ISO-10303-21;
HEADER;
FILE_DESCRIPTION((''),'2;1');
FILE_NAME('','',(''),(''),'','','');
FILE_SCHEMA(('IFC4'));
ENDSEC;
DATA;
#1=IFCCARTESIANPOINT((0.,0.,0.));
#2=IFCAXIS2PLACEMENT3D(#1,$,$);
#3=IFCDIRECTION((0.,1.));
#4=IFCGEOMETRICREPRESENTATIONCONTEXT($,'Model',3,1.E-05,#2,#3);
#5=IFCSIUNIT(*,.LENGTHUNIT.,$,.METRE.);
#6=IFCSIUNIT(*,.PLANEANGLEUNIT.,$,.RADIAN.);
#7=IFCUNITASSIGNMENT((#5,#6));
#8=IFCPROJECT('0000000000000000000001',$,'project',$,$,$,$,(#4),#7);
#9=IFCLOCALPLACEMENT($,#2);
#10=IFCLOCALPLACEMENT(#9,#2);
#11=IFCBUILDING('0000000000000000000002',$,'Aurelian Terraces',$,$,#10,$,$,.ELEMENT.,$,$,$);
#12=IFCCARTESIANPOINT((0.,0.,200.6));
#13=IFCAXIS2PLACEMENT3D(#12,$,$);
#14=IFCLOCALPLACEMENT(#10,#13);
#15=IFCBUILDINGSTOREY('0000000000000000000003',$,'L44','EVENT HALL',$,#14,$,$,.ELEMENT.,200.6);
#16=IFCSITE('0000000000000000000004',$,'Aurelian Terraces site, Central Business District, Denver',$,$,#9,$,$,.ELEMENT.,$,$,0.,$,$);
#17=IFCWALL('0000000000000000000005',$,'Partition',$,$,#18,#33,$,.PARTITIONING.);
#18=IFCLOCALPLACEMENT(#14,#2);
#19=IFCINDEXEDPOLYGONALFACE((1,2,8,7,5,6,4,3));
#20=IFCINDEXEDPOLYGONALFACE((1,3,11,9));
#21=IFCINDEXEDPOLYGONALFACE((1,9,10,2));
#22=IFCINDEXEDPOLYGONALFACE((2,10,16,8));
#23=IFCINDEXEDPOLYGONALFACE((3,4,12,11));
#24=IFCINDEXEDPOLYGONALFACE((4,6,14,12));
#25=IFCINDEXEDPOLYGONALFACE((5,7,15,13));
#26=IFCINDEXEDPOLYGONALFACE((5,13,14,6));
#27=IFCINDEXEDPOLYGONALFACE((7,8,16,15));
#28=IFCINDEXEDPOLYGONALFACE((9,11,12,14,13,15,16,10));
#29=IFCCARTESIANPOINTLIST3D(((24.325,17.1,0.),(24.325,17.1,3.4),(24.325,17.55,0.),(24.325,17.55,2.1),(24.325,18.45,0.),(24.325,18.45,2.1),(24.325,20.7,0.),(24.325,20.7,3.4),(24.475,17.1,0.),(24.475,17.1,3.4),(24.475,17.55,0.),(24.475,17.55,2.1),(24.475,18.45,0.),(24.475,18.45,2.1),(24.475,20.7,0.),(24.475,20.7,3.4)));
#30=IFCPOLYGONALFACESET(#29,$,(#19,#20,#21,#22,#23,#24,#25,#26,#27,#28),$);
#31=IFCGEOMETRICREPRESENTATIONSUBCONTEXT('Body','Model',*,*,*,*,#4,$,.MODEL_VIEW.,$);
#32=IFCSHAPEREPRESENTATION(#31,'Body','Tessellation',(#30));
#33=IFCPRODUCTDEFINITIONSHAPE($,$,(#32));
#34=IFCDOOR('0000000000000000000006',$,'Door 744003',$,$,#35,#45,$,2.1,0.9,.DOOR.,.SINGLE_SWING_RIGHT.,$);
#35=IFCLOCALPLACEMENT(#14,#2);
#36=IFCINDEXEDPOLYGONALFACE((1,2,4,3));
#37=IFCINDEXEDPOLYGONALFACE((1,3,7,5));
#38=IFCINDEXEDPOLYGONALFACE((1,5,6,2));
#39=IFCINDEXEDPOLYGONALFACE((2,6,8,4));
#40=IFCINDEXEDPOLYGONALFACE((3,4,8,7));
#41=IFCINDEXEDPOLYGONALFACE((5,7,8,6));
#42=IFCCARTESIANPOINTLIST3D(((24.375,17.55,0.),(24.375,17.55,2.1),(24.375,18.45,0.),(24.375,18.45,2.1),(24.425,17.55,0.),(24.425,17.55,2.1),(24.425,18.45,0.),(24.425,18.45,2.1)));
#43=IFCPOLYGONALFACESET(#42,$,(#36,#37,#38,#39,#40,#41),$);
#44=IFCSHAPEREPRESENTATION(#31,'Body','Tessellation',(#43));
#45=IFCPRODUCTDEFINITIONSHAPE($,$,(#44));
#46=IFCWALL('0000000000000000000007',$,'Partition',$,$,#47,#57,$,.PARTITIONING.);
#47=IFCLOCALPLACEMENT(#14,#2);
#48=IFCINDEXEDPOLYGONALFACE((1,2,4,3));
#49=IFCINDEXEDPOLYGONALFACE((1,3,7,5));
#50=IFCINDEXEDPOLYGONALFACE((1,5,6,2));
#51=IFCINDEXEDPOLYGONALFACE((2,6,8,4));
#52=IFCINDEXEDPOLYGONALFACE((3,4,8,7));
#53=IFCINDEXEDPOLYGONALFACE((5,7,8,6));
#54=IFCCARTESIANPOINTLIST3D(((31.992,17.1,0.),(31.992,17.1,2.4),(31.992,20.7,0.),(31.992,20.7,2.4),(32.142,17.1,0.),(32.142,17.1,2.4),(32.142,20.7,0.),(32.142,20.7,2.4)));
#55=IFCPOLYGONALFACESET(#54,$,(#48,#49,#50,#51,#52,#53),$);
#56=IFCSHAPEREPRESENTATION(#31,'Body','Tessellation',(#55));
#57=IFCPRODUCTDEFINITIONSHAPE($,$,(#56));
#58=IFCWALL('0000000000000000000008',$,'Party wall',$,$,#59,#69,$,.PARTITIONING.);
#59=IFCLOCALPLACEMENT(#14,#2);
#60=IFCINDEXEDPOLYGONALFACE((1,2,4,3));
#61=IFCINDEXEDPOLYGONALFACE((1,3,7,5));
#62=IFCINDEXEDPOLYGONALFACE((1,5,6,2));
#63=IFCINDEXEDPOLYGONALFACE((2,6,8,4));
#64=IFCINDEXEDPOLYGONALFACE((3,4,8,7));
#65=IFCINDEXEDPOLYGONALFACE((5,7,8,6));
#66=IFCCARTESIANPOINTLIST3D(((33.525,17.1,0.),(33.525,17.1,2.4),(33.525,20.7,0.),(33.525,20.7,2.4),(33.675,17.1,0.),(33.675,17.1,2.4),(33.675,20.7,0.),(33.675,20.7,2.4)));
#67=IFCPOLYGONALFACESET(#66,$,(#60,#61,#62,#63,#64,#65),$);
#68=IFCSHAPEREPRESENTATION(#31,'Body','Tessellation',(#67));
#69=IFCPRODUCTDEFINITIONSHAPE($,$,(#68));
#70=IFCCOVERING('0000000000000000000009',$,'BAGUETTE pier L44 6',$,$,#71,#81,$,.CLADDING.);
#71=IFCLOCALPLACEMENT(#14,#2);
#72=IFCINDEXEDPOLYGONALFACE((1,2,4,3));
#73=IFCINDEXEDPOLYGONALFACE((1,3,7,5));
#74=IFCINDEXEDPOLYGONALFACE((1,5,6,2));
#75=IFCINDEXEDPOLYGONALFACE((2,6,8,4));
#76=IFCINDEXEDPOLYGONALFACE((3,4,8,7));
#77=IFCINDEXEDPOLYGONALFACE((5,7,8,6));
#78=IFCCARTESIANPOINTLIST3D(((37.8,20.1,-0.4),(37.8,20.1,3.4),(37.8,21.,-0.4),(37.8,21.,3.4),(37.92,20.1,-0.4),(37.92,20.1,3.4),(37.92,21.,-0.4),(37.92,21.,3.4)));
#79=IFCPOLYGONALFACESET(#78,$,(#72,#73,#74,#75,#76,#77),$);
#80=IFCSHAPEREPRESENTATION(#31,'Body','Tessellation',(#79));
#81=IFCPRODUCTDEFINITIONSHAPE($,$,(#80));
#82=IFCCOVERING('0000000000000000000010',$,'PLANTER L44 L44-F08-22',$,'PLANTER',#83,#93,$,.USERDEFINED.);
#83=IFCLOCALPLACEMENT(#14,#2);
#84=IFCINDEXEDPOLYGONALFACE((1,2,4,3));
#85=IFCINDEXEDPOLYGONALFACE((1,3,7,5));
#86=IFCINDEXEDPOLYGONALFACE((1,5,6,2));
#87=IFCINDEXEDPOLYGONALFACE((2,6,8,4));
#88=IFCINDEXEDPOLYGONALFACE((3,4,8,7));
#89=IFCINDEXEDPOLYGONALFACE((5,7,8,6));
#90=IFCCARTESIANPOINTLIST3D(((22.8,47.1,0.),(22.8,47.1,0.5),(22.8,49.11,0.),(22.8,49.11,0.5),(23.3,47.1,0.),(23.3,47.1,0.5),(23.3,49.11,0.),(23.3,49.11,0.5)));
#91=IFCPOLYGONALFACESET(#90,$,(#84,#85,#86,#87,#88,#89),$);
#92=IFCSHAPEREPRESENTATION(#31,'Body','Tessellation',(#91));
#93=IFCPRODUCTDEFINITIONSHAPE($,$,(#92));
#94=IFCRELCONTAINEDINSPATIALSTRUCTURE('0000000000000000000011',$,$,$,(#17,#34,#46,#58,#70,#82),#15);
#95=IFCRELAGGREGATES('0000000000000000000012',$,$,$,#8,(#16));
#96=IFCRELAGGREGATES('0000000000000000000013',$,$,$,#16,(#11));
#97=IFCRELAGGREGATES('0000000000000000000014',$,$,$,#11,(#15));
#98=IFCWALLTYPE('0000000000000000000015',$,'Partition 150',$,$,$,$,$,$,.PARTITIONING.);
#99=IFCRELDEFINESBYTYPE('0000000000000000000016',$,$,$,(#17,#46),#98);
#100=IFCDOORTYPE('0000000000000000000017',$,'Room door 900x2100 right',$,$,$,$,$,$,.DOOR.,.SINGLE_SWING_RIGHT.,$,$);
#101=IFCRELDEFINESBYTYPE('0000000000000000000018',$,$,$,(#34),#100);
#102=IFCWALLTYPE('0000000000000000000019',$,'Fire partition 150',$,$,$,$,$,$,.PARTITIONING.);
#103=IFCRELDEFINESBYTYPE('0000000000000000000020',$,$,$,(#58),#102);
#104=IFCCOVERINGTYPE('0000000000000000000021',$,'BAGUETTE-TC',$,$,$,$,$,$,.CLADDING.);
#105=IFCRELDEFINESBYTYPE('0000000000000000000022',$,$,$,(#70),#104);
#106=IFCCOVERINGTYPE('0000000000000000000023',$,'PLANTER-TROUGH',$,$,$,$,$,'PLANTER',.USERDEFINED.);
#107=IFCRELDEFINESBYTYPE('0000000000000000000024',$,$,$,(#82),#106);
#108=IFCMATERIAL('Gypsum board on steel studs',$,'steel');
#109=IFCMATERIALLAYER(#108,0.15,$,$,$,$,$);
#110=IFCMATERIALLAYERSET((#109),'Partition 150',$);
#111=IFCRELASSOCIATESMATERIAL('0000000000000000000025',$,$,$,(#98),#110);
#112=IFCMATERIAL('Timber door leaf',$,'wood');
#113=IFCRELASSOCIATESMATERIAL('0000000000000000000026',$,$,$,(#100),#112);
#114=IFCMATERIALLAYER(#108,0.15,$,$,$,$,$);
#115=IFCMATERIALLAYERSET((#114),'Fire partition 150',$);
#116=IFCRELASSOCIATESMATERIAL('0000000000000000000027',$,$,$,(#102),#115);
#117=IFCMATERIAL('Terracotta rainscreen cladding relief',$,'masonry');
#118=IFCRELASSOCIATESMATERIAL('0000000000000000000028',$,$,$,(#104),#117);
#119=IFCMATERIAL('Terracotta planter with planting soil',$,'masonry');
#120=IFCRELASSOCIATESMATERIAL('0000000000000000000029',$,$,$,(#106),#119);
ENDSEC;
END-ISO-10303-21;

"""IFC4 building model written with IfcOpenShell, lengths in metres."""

from ifc_helpers import new_model, si_unit, direction, frame, frame_2d, origin, origin_2d, place, context, subcontext, project, spatial, rectangle, extrude, source, transform, mapped, material, layer, layer_set, type_object, element, fill, save


model = new_model("IFC4")

# Units and contexts
model_context = context("Model", 3, precision=1e-05, world=origin(), true_north=direction((0.0, 1.0)))
body_context = subcontext(model_context, "Body", "Model", "MODEL_VIEW")
ifc_project = project(units=[si_unit("LENGTHUNIT", "METRE"), si_unit("PLANEANGLEUNIT", "RADIAN")], contexts=[model_context])

# Site, building, storey
site_placement = place(None, origin())
site = spatial("IfcSite", under=ifc_project, at=site_placement, Name="Aurelian Terraces site, Central Business District, Denver", CompositionType="ELEMENT", RefElevation=0.0)
building_placement = place(site_placement, origin())
building = spatial("IfcBuilding", under=site, at=building_placement, Name="Aurelian Terraces", CompositionType="ELEMENT")
storey_placement = place(building_placement, frame((0.0, 0.0, 200.6)))
storey = spatial("IfcBuildingStorey", under=building, at=storey_placement, Name="L44", Description="EVENT HALL", CompositionType="ELEMENT", Elevation=200.6)

# Wall, opening, door
ifc_material_1 = material(Name="Gypsum board on steel studs", Category="steel")
ifc_layer_1 = layer(ifc_material_1, 0.15)
ifc_layer_set_1 = layer_set([ifc_layer_1], Name="Partition 150")
wall_type_1 = type_object("IfcWallType", Name="Partition 150", PredefinedType="PARTITIONING", material=ifc_layer_set_1)
shared_shape_1 = source(origin(), body_context, "Body", "SweptSolid", [
    extrude(rectangle(XDim=3.6, YDim=0.15, at=frame_2d((1.8, 0.0))), origin(), (0.0, 0.0, 1.0), 3.4),
])
wall_1_placement = place(storey_placement, frame((24.4, 20.7, 0.0), z_axis=(0.0, 0.0, 1.0), x_axis=(0.0, -1.0, 0.0)))
wall_1 = element("IfcWall", 1, at=wall_1_placement, inside=storey, type_object=wall_type_1, Name="Partition", PredefinedType="PARTITIONING", context=body_context, shape_type="MappedRepresentation", body=[
    mapped(shared_shape_1, transform((0.0, 0.0, 0.0), scale=1.0)),
])
shared_shape_2 = source(origin(), body_context, "Body", "SweptSolid", [
    extrude(rectangle(XDim=0.9, YDim=2.1, at=frame_2d((0.45, 1.05))), frame((0.0, 0.085, 0.0), z_axis=(0.0, -1.0, 0.0), x_axis=(1.0, 0.0, 0.0)), (0.0, 0.0, 1.0), 0.17),
])
opening_1_placement = place(wall_1_placement, frame((2.25, 0.0, 0.0)))
opening_1 = element("IfcOpeningElement", 2, at=opening_1_placement, cuts=wall_1, PredefinedType="OPENING", context=body_context, shape_type="MappedRepresentation", body=[
    mapped(shared_shape_2, transform((0.0, 0.0, 0.0), scale=1.0)),
])
ifc_material_2 = material(Name="Timber door leaf", Category="wood")
door_type = type_object("IfcDoorType", Name="Room door 900x2100 right", OperationType="SINGLE_SWING_RIGHT", PredefinedType="DOOR", material=ifc_material_2)
shared_shape_3 = source(origin(), body_context, "Body", "SweptSolid", [
    extrude(rectangle(XDim=0.9, YDim=2.1, at=frame_2d((0.45, 1.05))), frame((0.0, 0.025, 0.0), z_axis=(0.0, -1.0, 0.0), x_axis=(1.0, 0.0, 0.0)), (0.0, 0.0, 1.0), 0.05),
])
door_placement = place(opening_1_placement, origin())
door = element("IfcDoor", 3, at=door_placement, inside=storey, type_object=door_type, Name="Door 744003", OperationType="SINGLE_SWING_RIGHT", OverallHeight=2.1, OverallWidth=0.9, PredefinedType="DOOR", context=body_context, shape_type="MappedRepresentation", body=[
    mapped(shared_shape_3, transform((0.0, 0.0, 0.0), scale=1.0)),
])
fill(opening_1, door)

# Walls
shared_shape_4 = source(origin(), body_context, "Body", "SweptSolid", [
    extrude(rectangle(XDim=3.6, YDim=0.15, at=frame_2d((1.8, 0.0))), origin(), (0.0, 0.0, 1.0), 2.4),
])
wall_2_placement = place(storey_placement, frame((32.067, 20.7, 0.0), z_axis=(0.0, 0.0, 1.0), x_axis=(0.0, -1.0, 0.0)))
element("IfcWall", 4, at=wall_2_placement, inside=storey, type_object=wall_type_1, Name="Partition", PredefinedType="PARTITIONING", context=body_context, shape_type="MappedRepresentation", body=[
    mapped(shared_shape_4, transform((0.0, 0.0, 0.0), scale=1.0)),
])
ifc_layer_2 = layer(ifc_material_1, 0.15)
ifc_layer_set_2 = layer_set([ifc_layer_2], Name="Fire partition 150")
wall_type_2 = type_object("IfcWallType", Name="Fire partition 150", PredefinedType="PARTITIONING", material=ifc_layer_set_2)
wall_3_placement = place(storey_placement, frame((33.6, 17.1, 0.0), z_axis=(0.0, 0.0, 1.0), x_axis=(0.0, 1.0, 0.0)))
element("IfcWall", 5, at=wall_3_placement, inside=storey, type_object=wall_type_2, Name="Party wall", PredefinedType="PARTITIONING", context=body_context, shape_type="MappedRepresentation", body=[
    mapped(shared_shape_4, transform((0.0, 0.0, 0.0), scale=1.0)),
])

# Coverings
ifc_material_3 = material(Name="Terracotta rainscreen cladding relief", Category="masonry")
covering_type_1 = type_object("IfcCoveringType", Name="BAGUETTE-TC", PredefinedType="CLADDING", material=ifc_material_3)
shared_shape_5 = source(origin(), body_context, "Body", "SweptSolid", [
    extrude(rectangle(XDim=0.12, YDim=0.9, at=origin_2d()), origin(), (0.0, 0.0, 1.0), 3.8),
])
covering_1_placement = place(storey_placement, frame((37.86, 20.55, -0.4), z_axis=(0.0, 0.0, 1.0), x_axis=(1.0, 0.0, 0.0)))
element("IfcCovering", 6, at=covering_1_placement, inside=storey, type_object=covering_type_1, Name="BAGUETTE pier L44 6", PredefinedType="CLADDING", context=body_context, shape_type="MappedRepresentation", body=[
    mapped(shared_shape_5, transform((0.0, 0.0, 0.0), scale=1.0)),
])
ifc_material_4 = material(Name="Terracotta planter with planting soil", Category="masonry")
covering_type_2 = type_object("IfcCoveringType", Name="PLANTER-TROUGH", ElementType="PLANTER", PredefinedType="USERDEFINED", material=ifc_material_4)
shared_shape_6 = source(origin(), body_context, "Body", "SweptSolid", [
    extrude(rectangle(XDim=0.5, YDim=2.01, at=origin_2d()), origin(), (0.0, 0.0, 1.0), 0.5),
])
covering_2_placement = place(storey_placement, frame((23.05, 48.105, 0.0), z_axis=(0.0, 0.0, 1.0), x_axis=(1.0, 0.0, 0.0)))
element("IfcCovering", 7, at=covering_2_placement, inside=storey, type_object=covering_type_2, Name="PLANTER L44 L44-F08-22", ObjectType="PLANTER", PredefinedType="USERDEFINED", context=body_context, shape_type="MappedRepresentation", body=[
    mapped(shared_shape_6, transform((0.0, 0.0, 0.0), scale=1.0)),
])

save(model, "model.ifc")
